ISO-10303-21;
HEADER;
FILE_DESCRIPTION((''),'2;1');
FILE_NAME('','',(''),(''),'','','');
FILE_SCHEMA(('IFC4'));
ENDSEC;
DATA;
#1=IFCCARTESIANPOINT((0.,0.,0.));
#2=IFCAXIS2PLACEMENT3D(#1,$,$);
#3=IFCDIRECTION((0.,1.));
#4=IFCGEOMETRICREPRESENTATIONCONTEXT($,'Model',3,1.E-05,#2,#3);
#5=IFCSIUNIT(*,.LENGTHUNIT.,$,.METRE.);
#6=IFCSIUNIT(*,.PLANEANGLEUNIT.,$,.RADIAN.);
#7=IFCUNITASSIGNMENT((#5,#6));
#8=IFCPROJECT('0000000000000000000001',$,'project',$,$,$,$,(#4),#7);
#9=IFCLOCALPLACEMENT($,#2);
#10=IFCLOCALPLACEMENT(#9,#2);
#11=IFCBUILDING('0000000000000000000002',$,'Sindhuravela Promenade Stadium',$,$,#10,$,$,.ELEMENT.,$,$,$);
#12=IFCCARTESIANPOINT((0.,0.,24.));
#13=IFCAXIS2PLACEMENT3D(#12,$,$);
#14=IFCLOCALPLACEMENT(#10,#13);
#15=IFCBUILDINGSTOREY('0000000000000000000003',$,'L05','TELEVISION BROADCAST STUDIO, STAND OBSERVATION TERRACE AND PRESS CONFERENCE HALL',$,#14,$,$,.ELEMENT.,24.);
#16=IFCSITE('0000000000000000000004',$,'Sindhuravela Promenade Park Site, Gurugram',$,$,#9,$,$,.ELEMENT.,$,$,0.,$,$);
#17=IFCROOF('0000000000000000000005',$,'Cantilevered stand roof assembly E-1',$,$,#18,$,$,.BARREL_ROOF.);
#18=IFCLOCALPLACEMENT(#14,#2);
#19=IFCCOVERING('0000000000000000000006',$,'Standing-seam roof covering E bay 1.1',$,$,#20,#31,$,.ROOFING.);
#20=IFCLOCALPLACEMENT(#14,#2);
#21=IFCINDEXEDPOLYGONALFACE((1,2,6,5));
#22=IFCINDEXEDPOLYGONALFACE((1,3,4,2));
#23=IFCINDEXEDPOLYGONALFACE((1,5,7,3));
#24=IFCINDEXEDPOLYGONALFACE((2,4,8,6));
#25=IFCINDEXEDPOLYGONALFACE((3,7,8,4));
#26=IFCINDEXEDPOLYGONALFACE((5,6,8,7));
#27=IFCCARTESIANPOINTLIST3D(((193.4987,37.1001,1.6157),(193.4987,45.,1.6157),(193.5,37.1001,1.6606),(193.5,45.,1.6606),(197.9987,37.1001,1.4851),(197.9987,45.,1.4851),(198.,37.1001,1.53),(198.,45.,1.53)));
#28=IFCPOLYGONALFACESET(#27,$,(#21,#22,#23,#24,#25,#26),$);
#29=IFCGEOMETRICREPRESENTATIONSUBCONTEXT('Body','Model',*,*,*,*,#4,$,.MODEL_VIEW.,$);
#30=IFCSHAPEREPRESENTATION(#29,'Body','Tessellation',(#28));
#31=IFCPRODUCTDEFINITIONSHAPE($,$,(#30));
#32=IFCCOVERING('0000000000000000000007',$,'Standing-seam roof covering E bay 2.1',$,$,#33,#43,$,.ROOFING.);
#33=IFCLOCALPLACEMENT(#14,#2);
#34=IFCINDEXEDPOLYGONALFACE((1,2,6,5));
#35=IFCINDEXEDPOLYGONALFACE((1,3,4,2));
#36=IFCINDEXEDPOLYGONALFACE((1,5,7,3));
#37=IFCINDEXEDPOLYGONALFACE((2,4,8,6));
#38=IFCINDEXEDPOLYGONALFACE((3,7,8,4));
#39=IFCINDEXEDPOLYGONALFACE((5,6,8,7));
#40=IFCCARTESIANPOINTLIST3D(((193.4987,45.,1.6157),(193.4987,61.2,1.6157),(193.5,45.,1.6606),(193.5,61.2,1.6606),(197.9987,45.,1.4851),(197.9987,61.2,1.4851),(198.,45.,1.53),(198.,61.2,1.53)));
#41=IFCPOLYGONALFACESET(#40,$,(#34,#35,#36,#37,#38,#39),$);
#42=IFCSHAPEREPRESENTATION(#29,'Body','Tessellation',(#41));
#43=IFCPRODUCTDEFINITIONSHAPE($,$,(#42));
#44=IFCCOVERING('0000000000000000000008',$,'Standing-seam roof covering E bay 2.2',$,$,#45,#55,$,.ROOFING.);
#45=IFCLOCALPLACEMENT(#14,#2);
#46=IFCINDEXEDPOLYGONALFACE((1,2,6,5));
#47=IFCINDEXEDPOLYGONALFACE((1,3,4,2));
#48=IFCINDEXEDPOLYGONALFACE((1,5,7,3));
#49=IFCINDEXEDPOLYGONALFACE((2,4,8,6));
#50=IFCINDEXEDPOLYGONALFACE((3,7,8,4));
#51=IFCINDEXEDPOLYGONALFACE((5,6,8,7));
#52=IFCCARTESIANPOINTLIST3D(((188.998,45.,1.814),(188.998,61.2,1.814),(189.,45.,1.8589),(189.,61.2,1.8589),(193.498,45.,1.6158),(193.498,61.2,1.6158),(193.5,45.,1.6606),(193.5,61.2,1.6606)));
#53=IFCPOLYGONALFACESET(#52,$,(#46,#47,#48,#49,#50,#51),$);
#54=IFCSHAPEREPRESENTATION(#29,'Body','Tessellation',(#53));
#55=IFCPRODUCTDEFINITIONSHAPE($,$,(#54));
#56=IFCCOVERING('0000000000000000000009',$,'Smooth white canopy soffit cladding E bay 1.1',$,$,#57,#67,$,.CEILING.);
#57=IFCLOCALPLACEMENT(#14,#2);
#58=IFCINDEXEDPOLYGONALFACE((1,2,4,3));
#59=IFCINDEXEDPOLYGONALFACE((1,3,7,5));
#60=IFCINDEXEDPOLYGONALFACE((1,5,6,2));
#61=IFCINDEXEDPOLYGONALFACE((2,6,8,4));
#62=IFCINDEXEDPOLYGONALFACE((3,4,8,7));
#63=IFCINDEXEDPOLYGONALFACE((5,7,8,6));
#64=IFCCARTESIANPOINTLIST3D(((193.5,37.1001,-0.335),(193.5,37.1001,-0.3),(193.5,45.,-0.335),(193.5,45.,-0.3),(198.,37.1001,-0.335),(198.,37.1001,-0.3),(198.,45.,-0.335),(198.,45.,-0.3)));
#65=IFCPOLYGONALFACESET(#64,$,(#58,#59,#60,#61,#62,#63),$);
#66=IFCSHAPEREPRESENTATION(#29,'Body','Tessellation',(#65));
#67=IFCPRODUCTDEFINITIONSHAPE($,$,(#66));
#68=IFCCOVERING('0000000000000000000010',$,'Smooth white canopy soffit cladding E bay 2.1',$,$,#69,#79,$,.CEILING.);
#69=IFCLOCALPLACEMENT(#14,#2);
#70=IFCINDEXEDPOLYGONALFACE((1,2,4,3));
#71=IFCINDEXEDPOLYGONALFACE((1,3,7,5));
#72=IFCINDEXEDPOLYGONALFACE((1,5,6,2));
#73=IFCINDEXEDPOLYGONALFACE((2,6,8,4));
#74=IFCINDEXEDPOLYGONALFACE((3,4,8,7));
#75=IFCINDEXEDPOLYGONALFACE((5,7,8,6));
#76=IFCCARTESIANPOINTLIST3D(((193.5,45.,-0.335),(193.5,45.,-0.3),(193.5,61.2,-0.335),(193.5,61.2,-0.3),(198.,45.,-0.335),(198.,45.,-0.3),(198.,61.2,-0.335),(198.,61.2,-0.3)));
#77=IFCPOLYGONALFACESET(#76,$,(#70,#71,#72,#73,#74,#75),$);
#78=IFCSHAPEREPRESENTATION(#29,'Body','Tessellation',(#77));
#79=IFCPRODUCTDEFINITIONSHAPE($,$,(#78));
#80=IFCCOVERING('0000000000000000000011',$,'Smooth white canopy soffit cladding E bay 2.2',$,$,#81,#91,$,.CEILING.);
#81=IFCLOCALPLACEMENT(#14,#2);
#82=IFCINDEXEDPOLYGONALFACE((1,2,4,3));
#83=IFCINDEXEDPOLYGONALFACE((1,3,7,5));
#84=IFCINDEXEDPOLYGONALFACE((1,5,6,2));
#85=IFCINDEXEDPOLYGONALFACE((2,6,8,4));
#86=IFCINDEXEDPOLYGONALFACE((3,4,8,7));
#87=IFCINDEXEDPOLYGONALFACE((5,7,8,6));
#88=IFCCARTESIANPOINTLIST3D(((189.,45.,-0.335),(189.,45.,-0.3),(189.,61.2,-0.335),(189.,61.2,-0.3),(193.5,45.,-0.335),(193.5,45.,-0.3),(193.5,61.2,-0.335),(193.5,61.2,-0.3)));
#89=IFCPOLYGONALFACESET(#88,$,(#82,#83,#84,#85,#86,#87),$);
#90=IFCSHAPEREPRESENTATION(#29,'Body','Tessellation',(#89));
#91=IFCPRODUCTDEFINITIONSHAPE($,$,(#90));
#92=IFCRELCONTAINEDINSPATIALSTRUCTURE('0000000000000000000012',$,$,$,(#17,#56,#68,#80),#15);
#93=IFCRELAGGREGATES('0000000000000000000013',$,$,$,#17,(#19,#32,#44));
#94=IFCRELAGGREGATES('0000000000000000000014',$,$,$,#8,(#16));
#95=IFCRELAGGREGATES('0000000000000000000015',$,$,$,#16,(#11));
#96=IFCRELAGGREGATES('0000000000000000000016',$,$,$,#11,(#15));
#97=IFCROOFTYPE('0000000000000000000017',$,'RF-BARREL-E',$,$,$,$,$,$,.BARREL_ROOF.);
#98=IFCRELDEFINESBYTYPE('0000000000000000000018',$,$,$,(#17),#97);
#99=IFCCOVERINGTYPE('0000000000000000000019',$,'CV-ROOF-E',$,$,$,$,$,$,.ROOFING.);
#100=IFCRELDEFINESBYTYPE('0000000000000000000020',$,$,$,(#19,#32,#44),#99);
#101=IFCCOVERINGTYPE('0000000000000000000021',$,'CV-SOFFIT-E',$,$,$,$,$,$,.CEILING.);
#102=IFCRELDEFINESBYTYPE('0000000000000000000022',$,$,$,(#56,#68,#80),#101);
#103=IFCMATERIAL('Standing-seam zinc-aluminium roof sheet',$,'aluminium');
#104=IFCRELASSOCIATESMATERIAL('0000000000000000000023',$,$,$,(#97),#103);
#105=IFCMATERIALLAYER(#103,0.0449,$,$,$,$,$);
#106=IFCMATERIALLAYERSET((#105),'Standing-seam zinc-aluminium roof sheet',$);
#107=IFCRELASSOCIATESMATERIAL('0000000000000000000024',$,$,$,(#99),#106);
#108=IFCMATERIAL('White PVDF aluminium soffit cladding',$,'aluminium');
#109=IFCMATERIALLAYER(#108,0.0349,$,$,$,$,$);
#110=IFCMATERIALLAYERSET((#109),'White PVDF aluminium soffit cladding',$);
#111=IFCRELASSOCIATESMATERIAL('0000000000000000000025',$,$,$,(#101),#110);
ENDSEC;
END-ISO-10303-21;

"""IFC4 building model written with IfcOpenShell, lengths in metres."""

from ifc_helpers import new_model, si_unit, direction, frame, origin, place, context, subcontext, project, spatial, polyline, outline, extrude, material, layer, layer_set, type_object, element, aggregate, save


model = new_model("IFC4")

# Units and contexts
model_context = context("Model", 3, precision=1e-05, world=origin(), true_north=direction((0.0, 1.0)))
body_context = subcontext(model_context, "Body", "Model", "MODEL_VIEW")
ifc_project = project(units=[si_unit("LENGTHUNIT", "METRE"), si_unit("PLANEANGLEUNIT", "RADIAN")], contexts=[model_context])

# Site, building, storey
site_placement = place(None, origin())
site = spatial("IfcSite", under=ifc_project, at=site_placement, Name="Sindhuravela Promenade Park Site, Gurugram", CompositionType="ELEMENT", RefElevation=0.0)
building_placement = place(site_placement, origin())
building = spatial("IfcBuilding", under=site, at=building_placement, Name="Sindhuravela Promenade Stadium", CompositionType="ELEMENT")
storey_placement = place(building_placement, frame((0.0, 0.0, 24.0)))
storey = spatial("IfcBuildingStorey", under=building, at=storey_placement, Name="L05", Description="TELEVISION BROADCAST STUDIO, STAND OBSERVATION TERRACE AND PRESS CONFERENCE HALL", CompositionType="ELEMENT", Elevation=24.0)

# Roof, coverings
ifc_material_1 = material(Name="Standing-seam zinc-aluminium roof sheet", Category="aluminium")
roof_type = type_object("IfcRoofType", Name="RF-BARREL-E", PredefinedType="BARREL_ROOF", material=ifc_material_1)
roof_placement = place(storey_placement, origin())
roof = element("IfcRoof", 1, at=roof_placement, inside=storey, type_object=roof_type, Name="Cantilevered stand roof assembly E-1", PredefinedType="BARREL_ROOF")
ifc_layer_1 = layer(ifc_material_1, 0.0449)
ifc_layer_set_1 = layer_set([ifc_layer_1], Name="Standing-seam zinc-aluminium roof sheet")
covering_type_1 = type_object("IfcCoveringType", Name="CV-ROOF-E", PredefinedType="ROOFING", material=ifc_layer_set_1)
covering_1_placement = place(storey_placement, frame((198.0, 37.1001, 1.53), z_axis=(0.029013, 0.0, 0.999579), x_axis=(0.0, 1.0, 0.0)))
covering_1 = element("IfcCovering", 2, at=covering_1_placement, type_object=covering_type_1, Name="Standing-seam roof covering E bay 1.1", PredefinedType="ROOFING", context=body_context, shape_type="SweptSolid", body=[
    extrude(outline(polyline([(0.0, 0.0), (7.8999, 0.0), (7.8999, 4.5019), (0.0, 4.5019), (0.0, 0.0)])), origin(), (0.0, 0.0, -1.0), 0.0449),
])
covering_2_placement = place(storey_placement, frame((198.0, 45.0, 1.53), z_axis=(0.029013, 0.0, 0.999579), x_axis=(0.0, 1.0, 0.0)))
covering_2 = element("IfcCovering", 3, at=covering_2_placement, type_object=covering_type_1, Name="Standing-seam roof covering E bay 2.1", PredefinedType="ROOFING", context=body_context, shape_type="SweptSolid", body=[
    extrude(outline(polyline([(0.0, 0.0), (16.2, 0.0), (16.2, 4.5019), (0.0, 4.5019), (0.0, 0.0)])), origin(), (0.0, 0.0, -1.0), 0.0449),
])
covering_3_placement = place(storey_placement, frame((193.5, 45.0, 1.6606), z_axis=(0.044011, 0.0, 0.999031), x_axis=(0.0, 1.0, 0.0)))
covering_3 = element("IfcCovering", 4, at=covering_3_placement, type_object=covering_type_1, Name="Standing-seam roof covering E bay 2.2", PredefinedType="ROOFING", context=body_context, shape_type="SweptSolid", body=[
    extrude(outline(polyline([(0.0, 0.0), (16.2, 0.0), (16.2, 4.5044), (0.0, 4.5044), (0.0, 0.0)])), origin(), (0.0, 0.0, -1.0), 0.0449),
])
aggregate(roof, [covering_1, covering_2, covering_3])

# Coverings
ifc_material_2 = material(Name="White PVDF aluminium soffit cladding", Category="aluminium")
ifc_layer_2 = layer(ifc_material_2, 0.0349)
ifc_layer_set_2 = layer_set([ifc_layer_2], Name="White PVDF aluminium soffit cladding")
covering_type_2 = type_object("IfcCoveringType", Name="CV-SOFFIT-E", PredefinedType="CEILING", material=ifc_layer_set_2)
covering_4_placement = place(storey_placement, frame((198.0, 37.1001, -0.3), z_axis=(0.0, 0.0, 1.0), x_axis=(0.0, 1.0, 0.0)))
element("IfcCovering", 5, at=covering_4_placement, inside=storey, type_object=covering_type_2, Name="Smooth white canopy soffit cladding E bay 1.1", PredefinedType="CEILING", context=body_context, shape_type="SweptSolid", body=[
    extrude(outline(polyline([(0.0, 0.0), (7.8999, 0.0), (7.8999, 4.5), (0.0, 4.5), (0.0, 0.0)])), origin(), (0.0, 0.0, -1.0), 0.0349),
])
for number, where, z_axis, x_axis, name in (
    (6, (198.0, 45.0, -0.3), (0.0, 0.0, 1.0), (0.0, 1.0, 0.0), "Smooth white canopy soffit cladding E bay 2.1"),
    (7, (193.5, 45.0, -0.3), (0.0, 0.0, 1.0), (0.0, 1.0, 0.0), "Smooth white canopy soffit cladding E bay 2.2"),
):
    element("IfcCovering", number, at=place(storey_placement, frame(where, z_axis=z_axis, x_axis=x_axis)), inside=storey, type_object=covering_type_2, Name=name, PredefinedType="CEILING", context=body_context, shape_type="SweptSolid", body=[
        extrude(outline(polyline([(0.0, 0.0), (16.2, 0.0), (16.2, 4.5), (0.0, 4.5), (0.0, 0.0)])), origin(), (0.0, 0.0, -1.0), 0.0349),
    ])

save(model, "model.ifc")
